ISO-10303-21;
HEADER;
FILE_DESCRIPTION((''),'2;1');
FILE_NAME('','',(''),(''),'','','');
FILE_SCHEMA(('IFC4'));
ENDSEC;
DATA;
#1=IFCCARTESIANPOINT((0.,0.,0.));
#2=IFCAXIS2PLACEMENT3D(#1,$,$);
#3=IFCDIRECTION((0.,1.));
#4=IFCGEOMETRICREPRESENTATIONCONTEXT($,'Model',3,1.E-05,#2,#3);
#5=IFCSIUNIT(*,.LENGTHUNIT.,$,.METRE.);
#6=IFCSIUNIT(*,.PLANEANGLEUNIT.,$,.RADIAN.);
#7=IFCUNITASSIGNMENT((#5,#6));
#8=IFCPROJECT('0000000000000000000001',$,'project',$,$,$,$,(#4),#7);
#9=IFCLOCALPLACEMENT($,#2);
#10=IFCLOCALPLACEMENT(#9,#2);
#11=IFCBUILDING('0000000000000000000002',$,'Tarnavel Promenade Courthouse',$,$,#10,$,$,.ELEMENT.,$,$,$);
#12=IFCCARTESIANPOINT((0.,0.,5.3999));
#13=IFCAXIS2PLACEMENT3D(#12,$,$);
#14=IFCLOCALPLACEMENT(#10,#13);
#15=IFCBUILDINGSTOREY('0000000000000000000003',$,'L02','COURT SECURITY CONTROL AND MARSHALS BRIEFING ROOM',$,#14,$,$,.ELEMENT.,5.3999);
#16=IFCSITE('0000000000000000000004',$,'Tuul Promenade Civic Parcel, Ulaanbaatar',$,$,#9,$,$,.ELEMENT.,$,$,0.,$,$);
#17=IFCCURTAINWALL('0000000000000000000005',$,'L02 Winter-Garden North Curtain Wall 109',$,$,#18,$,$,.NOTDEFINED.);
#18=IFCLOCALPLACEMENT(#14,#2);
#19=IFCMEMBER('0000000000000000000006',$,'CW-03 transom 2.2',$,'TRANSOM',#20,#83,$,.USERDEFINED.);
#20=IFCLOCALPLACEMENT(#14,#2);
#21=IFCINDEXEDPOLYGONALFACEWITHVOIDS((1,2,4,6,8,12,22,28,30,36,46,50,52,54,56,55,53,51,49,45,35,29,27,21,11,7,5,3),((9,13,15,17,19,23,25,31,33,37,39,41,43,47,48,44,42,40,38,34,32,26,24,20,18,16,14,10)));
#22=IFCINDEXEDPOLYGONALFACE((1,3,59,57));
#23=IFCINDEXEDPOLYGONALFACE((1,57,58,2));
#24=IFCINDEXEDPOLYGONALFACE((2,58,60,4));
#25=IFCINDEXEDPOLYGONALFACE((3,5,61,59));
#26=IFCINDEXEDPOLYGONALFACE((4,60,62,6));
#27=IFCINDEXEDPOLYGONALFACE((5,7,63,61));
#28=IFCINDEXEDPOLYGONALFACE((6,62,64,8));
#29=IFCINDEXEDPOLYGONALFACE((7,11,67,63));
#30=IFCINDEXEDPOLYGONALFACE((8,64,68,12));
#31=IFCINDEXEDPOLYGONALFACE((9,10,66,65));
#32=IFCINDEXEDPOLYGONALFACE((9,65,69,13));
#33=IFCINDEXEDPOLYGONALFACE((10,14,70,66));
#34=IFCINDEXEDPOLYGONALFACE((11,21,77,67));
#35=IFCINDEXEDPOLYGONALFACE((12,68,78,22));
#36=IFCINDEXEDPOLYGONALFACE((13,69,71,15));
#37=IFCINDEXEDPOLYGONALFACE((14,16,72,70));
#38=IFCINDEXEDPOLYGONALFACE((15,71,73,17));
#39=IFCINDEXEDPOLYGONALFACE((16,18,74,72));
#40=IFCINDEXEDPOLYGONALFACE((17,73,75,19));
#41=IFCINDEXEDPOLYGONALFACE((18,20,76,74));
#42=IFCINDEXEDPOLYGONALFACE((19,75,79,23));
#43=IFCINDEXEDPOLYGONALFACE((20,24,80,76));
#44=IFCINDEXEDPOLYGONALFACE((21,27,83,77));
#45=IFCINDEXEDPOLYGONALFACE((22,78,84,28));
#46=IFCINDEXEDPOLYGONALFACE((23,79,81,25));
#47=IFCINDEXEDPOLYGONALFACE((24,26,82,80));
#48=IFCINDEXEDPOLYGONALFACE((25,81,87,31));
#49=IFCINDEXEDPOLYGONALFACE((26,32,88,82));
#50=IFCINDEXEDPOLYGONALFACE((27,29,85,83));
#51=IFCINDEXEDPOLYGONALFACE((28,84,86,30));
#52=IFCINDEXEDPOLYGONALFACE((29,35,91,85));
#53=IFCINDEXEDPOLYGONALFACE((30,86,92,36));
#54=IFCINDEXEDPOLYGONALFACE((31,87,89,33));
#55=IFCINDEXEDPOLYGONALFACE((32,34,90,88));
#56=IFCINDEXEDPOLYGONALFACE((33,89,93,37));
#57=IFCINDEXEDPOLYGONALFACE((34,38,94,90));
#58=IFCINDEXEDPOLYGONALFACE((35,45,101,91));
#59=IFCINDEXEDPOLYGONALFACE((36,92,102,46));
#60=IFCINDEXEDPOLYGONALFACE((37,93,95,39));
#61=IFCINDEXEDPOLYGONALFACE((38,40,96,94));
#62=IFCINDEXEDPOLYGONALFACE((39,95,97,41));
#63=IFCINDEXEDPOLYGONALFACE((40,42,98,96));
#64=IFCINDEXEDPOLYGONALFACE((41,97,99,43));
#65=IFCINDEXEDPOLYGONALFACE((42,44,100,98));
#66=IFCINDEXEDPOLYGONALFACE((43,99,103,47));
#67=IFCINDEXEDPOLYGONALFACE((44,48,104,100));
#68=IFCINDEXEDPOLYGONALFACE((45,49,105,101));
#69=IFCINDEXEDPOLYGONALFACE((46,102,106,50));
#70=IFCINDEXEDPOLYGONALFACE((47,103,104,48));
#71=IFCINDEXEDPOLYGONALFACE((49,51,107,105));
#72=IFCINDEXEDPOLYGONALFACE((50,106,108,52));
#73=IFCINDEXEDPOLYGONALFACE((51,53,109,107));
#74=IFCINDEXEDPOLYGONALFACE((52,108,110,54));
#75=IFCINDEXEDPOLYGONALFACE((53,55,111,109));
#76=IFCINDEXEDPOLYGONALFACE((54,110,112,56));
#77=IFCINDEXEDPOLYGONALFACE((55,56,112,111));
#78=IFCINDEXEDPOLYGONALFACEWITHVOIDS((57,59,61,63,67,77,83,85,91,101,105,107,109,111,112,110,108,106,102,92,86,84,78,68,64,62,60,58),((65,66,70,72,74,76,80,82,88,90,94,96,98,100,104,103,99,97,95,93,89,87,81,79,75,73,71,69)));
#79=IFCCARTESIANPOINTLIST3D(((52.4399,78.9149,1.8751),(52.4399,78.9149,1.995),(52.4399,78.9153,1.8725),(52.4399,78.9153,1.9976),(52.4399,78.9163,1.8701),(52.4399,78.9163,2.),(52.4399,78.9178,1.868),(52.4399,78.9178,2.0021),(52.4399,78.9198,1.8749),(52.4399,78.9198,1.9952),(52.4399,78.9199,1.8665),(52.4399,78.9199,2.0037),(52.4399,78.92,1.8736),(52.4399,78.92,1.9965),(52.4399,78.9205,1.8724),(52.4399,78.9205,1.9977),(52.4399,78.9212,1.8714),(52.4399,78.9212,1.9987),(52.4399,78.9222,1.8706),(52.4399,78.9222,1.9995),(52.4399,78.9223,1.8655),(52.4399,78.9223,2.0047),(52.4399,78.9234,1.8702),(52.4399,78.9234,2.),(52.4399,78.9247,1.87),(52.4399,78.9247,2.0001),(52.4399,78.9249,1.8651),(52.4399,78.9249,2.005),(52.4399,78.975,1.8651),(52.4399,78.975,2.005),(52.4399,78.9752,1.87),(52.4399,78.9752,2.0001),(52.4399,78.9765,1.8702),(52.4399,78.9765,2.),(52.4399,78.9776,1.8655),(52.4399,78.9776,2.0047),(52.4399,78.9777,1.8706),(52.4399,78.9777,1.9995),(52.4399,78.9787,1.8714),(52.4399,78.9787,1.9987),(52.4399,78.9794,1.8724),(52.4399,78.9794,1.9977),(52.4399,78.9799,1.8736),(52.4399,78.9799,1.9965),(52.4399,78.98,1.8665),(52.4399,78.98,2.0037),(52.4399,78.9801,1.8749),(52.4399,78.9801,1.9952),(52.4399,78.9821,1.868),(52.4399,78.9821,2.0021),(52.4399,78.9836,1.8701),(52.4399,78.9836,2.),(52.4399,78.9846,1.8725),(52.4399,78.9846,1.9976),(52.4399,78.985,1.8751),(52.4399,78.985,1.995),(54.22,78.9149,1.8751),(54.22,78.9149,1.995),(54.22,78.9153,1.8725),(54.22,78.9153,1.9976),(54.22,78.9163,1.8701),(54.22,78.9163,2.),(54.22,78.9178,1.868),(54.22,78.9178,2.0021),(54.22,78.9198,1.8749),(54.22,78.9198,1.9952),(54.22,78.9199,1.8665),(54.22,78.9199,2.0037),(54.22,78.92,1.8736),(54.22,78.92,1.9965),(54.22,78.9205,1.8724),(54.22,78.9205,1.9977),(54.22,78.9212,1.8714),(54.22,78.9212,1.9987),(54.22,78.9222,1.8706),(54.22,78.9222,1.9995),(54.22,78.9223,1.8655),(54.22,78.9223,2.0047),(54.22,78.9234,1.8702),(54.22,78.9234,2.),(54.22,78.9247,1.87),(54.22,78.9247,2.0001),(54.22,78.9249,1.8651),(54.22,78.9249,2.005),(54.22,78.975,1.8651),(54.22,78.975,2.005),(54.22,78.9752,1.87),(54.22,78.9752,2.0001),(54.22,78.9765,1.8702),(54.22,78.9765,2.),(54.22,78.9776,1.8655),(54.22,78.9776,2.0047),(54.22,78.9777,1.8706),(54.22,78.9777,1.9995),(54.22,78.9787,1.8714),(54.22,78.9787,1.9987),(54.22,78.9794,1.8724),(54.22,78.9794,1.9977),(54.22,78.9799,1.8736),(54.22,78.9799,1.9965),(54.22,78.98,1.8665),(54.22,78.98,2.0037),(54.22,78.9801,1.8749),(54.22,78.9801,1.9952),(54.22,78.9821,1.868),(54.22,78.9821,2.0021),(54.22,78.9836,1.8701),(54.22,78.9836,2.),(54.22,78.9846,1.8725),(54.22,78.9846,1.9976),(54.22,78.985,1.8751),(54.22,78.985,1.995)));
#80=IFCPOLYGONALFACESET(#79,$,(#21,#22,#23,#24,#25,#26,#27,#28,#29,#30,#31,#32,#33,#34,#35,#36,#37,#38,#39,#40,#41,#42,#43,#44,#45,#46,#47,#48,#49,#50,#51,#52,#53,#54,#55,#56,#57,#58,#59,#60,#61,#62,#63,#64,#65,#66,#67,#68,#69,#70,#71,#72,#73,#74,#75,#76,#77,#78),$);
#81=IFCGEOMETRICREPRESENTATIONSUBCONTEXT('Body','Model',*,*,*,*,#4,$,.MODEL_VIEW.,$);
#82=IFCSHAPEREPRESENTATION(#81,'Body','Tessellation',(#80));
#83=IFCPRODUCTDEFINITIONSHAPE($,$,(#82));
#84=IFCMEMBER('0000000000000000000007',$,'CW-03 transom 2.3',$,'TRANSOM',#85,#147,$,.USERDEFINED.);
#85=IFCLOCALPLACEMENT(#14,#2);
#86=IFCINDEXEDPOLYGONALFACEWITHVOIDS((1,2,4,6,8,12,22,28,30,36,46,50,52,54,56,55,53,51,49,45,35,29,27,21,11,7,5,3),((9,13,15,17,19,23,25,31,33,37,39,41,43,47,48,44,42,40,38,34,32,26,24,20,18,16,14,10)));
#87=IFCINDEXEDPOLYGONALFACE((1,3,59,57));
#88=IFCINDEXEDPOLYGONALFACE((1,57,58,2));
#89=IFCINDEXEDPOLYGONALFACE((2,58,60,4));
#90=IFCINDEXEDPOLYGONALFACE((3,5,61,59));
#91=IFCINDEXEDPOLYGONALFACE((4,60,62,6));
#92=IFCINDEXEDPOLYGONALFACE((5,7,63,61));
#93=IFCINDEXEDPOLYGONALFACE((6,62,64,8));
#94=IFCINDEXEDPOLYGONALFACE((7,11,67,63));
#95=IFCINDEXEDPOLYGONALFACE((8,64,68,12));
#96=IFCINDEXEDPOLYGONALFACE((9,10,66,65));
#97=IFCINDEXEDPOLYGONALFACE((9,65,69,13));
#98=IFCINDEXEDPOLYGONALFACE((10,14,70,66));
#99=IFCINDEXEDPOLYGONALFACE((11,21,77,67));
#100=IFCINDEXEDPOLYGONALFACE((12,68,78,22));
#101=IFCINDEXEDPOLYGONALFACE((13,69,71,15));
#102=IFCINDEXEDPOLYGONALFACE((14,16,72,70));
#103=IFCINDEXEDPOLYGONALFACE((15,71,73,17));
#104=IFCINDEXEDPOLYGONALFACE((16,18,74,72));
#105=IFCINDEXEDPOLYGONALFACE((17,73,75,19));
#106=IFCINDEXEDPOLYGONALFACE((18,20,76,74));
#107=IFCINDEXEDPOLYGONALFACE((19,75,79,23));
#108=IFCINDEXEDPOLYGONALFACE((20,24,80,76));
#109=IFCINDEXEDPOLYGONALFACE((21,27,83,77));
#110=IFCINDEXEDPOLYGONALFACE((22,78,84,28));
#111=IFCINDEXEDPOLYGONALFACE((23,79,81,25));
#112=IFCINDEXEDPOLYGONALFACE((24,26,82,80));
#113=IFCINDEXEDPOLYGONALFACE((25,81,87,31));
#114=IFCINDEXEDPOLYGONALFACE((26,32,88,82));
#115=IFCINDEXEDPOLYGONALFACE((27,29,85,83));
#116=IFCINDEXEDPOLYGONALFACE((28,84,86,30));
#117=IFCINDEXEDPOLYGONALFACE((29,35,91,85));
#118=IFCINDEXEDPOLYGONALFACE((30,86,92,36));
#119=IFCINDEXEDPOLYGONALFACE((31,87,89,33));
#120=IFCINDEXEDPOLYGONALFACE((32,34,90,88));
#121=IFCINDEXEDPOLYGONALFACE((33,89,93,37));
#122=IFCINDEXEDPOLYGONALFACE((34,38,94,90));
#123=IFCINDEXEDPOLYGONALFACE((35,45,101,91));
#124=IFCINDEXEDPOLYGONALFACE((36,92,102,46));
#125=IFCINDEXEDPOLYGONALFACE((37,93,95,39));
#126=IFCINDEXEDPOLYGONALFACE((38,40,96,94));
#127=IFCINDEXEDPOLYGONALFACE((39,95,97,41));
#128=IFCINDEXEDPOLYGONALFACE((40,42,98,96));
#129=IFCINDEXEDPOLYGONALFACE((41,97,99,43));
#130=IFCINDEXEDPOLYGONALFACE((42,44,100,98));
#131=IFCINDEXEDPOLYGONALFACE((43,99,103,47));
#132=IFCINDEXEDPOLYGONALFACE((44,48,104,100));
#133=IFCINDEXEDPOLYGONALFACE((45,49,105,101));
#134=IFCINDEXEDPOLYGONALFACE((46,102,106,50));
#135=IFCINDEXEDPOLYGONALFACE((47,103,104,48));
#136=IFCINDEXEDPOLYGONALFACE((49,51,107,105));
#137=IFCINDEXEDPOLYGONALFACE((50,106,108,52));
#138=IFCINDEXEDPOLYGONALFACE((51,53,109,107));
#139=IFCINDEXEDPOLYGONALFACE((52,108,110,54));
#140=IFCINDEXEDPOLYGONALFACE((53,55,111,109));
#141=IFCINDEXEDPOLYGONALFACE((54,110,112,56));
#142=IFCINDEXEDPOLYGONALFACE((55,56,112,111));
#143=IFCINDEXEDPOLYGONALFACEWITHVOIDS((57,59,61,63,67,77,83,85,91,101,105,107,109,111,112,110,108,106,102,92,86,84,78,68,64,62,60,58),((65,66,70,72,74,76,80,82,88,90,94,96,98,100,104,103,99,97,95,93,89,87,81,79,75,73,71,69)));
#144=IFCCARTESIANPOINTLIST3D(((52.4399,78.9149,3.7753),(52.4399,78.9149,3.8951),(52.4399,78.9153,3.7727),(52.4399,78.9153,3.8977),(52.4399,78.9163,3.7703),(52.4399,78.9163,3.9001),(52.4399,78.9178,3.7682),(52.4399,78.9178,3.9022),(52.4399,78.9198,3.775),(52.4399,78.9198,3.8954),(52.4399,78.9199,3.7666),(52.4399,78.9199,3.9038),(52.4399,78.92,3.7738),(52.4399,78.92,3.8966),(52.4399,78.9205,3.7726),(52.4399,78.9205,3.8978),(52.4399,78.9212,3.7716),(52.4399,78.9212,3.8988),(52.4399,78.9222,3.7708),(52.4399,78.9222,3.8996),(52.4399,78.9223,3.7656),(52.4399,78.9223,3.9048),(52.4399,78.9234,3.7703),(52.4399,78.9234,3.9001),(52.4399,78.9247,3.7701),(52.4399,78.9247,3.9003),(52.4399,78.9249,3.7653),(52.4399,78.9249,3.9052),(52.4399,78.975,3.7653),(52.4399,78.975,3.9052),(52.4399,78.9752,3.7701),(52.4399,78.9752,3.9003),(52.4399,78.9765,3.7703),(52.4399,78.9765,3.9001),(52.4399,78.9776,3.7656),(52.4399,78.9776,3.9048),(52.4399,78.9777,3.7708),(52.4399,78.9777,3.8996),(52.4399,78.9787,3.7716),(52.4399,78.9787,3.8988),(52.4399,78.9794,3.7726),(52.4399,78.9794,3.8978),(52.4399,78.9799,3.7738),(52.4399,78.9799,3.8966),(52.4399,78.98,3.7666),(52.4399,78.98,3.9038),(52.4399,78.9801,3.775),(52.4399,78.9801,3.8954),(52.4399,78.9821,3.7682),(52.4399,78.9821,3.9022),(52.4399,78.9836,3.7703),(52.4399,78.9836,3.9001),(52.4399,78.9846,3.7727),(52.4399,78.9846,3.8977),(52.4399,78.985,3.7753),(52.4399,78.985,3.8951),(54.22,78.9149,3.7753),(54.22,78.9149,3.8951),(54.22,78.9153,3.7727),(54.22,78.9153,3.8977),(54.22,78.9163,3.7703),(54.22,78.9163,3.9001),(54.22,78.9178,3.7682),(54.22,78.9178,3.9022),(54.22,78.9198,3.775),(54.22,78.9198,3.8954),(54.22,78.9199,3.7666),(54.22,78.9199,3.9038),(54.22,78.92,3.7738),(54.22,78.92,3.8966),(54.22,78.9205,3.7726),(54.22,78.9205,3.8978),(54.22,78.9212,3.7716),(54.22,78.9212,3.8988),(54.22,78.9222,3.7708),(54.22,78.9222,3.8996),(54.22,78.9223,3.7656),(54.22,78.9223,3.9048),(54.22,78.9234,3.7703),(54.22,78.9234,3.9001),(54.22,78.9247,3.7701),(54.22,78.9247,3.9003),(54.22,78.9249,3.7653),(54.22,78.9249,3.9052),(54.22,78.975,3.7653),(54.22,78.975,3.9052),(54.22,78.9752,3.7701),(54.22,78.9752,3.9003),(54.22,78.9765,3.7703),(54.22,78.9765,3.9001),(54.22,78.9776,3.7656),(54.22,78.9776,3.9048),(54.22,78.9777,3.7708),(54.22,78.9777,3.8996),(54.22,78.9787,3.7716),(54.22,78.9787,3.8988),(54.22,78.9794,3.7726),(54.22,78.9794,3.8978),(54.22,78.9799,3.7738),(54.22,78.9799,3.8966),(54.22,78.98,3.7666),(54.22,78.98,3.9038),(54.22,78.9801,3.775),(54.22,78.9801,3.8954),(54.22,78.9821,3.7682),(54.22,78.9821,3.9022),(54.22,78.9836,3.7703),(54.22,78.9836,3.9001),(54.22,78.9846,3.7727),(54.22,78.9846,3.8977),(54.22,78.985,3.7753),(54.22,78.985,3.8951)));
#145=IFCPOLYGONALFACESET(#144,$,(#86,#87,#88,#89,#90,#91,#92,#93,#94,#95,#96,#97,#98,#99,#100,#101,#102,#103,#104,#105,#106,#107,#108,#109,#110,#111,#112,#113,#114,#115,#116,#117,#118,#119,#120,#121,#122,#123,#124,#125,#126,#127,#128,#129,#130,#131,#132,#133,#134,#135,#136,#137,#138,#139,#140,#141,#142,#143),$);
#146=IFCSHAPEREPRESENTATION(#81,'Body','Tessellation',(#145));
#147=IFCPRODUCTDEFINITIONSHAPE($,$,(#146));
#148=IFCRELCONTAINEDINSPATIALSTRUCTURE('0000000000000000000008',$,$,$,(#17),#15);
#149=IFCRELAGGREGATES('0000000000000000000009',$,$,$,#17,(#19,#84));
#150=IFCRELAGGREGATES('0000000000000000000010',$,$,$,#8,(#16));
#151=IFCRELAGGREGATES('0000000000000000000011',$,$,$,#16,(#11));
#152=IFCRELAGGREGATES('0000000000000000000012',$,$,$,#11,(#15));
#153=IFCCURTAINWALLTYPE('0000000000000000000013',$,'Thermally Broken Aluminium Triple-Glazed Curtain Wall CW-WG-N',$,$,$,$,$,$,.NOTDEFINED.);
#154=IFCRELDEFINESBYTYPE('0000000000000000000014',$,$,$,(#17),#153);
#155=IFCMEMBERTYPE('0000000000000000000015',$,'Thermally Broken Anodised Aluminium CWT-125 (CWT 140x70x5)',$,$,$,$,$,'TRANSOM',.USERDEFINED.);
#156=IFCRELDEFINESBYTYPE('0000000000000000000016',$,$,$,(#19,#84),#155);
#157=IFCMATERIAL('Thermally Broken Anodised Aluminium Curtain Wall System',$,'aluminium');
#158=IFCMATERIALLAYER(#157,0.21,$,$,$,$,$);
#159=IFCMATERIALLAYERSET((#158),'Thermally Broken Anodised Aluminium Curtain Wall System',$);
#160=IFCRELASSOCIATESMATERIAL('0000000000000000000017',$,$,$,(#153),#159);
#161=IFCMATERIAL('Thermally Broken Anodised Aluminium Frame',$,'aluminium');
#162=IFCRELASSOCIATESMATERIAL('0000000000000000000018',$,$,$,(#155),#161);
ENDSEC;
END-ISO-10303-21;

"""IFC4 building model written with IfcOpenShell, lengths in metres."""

from ifc_helpers import new_model, si_unit, direction, frame, origin, origin_2d, place, context, subcontext, project, spatial, hollow_rectangle, extrude, material, layer, layer_set, material_profile, profile_set, type_object, element, aggregate, save


model = new_model("IFC4")

# Units and contexts
model_context = context("Model", 3, precision=1e-05, world=origin(), true_north=direction((0.0, 1.0)))
body_context = subcontext(model_context, "Body", "Model", "MODEL_VIEW")
ifc_project = project(units=[si_unit("LENGTHUNIT", "METRE"), si_unit("PLANEANGLEUNIT", "RADIAN")], contexts=[model_context])

# Site, building, storey
site_placement = place(None, origin())
site = spatial("IfcSite", under=ifc_project, at=site_placement, Name="Tuul Promenade Civic Parcel, Ulaanbaatar", CompositionType="ELEMENT", RefElevation=0.0)
building_placement = place(site_placement, origin())
building = spatial("IfcBuilding", under=site, at=building_placement, Name="Tarnavel Promenade Courthouse", CompositionType="ELEMENT")
storey_placement = place(building_placement, frame((0.0, 0.0, 5.3999)))
storey = spatial("IfcBuildingStorey", under=building, at=storey_placement, Name="L02", Description="COURT SECURITY CONTROL AND MARSHALS BRIEFING ROOM", CompositionType="ELEMENT", Elevation=5.3999)

# Shared definitions
ifc_material_1 = material(Name="Thermally Broken Anodised Aluminium Curtain Wall System", Category="aluminium")
ifc_layer_1 = layer(ifc_material_1, 0.21)
ifc_layer_set_1 = layer_set([ifc_layer_1], Name="Thermally Broken Anodised Aluminium Curtain Wall System")
curtain_wall_type = type_object("IfcCurtainWallType", Name="Thermally Broken Aluminium Triple-Glazed Curtain Wall CW-WG-N", PredefinedType="NOTDEFINED", material=ifc_layer_set_1)
ifc_material_2 = material(Name="Thermally Broken Anodised Aluminium Frame", Category="aluminium")

# Curtain wall
curtain_wall_1_placement = place(storey_placement, origin())
curtain_wall_1 = element("IfcCurtainWall", 1, at=curtain_wall_1_placement, inside=storey, type_object=curtain_wall_type, Name="L02 Winter-Garden North Curtain Wall 109", PredefinedType="NOTDEFINED")

# Members
ifc_material_profile_1 = material_profile(ifc_material_2, hollow_rectangle(XDim=0.0701, YDim=0.1399, WallThickness=0.0049, InnerFilletRadius=0.0049, OuterFilletRadius=0.01, at=origin_2d()), Name="CWT 140x70x5")
ifc_profile_set_1 = profile_set([ifc_material_profile_1], Name="Thermally Broken Anodised Aluminium Frame")
member_type_1 = type_object("IfcMemberType", Name="Thermally Broken Anodised Aluminium CWT-125 (CWT 140x70x5)", ElementType="TRANSOM", PredefinedType="USERDEFINED", material=ifc_profile_set_1)
member_1_placement = place(storey_placement, frame((52.4399, 78.95, 1.9351), z_axis=(1.0, 0.0, 0.0), x_axis=(0.0, 1.0, 0.0)))
member_1 = element("IfcMember", 2, at=member_1_placement, type_object=member_type_1, Name="CW-03 transom 2.2", ObjectType="TRANSOM", PredefinedType="USERDEFINED", context=body_context, shape_type="SweptSolid", body=[
    extrude(hollow_rectangle(XDim=0.0701, YDim=0.1399, WallThickness=0.0049, InnerFilletRadius=0.0049, OuterFilletRadius=0.01, at=origin_2d()), origin(), (0.0, 0.0, 1.0), 1.78),
])
member_2_placement = place(storey_placement, frame((52.4399, 78.95, 3.8352), z_axis=(1.0, 0.0, 0.0), x_axis=(0.0, 1.0, 0.0)))
member_2 = element("IfcMember", 3, at=member_2_placement, type_object=member_type_1, Name="CW-03 transom 2.3", ObjectType="TRANSOM", PredefinedType="USERDEFINED", context=body_context, shape_type="SweptSolid", body=[
    extrude(hollow_rectangle(XDim=0.0701, YDim=0.1399, WallThickness=0.0049, InnerFilletRadius=0.0049, OuterFilletRadius=0.01, at=origin_2d()), origin(), (0.0, 0.0, 1.0), 1.78),
])

aggregate(curtain_wall_1, [member_1, member_2])

save(model, "model.ifc")
